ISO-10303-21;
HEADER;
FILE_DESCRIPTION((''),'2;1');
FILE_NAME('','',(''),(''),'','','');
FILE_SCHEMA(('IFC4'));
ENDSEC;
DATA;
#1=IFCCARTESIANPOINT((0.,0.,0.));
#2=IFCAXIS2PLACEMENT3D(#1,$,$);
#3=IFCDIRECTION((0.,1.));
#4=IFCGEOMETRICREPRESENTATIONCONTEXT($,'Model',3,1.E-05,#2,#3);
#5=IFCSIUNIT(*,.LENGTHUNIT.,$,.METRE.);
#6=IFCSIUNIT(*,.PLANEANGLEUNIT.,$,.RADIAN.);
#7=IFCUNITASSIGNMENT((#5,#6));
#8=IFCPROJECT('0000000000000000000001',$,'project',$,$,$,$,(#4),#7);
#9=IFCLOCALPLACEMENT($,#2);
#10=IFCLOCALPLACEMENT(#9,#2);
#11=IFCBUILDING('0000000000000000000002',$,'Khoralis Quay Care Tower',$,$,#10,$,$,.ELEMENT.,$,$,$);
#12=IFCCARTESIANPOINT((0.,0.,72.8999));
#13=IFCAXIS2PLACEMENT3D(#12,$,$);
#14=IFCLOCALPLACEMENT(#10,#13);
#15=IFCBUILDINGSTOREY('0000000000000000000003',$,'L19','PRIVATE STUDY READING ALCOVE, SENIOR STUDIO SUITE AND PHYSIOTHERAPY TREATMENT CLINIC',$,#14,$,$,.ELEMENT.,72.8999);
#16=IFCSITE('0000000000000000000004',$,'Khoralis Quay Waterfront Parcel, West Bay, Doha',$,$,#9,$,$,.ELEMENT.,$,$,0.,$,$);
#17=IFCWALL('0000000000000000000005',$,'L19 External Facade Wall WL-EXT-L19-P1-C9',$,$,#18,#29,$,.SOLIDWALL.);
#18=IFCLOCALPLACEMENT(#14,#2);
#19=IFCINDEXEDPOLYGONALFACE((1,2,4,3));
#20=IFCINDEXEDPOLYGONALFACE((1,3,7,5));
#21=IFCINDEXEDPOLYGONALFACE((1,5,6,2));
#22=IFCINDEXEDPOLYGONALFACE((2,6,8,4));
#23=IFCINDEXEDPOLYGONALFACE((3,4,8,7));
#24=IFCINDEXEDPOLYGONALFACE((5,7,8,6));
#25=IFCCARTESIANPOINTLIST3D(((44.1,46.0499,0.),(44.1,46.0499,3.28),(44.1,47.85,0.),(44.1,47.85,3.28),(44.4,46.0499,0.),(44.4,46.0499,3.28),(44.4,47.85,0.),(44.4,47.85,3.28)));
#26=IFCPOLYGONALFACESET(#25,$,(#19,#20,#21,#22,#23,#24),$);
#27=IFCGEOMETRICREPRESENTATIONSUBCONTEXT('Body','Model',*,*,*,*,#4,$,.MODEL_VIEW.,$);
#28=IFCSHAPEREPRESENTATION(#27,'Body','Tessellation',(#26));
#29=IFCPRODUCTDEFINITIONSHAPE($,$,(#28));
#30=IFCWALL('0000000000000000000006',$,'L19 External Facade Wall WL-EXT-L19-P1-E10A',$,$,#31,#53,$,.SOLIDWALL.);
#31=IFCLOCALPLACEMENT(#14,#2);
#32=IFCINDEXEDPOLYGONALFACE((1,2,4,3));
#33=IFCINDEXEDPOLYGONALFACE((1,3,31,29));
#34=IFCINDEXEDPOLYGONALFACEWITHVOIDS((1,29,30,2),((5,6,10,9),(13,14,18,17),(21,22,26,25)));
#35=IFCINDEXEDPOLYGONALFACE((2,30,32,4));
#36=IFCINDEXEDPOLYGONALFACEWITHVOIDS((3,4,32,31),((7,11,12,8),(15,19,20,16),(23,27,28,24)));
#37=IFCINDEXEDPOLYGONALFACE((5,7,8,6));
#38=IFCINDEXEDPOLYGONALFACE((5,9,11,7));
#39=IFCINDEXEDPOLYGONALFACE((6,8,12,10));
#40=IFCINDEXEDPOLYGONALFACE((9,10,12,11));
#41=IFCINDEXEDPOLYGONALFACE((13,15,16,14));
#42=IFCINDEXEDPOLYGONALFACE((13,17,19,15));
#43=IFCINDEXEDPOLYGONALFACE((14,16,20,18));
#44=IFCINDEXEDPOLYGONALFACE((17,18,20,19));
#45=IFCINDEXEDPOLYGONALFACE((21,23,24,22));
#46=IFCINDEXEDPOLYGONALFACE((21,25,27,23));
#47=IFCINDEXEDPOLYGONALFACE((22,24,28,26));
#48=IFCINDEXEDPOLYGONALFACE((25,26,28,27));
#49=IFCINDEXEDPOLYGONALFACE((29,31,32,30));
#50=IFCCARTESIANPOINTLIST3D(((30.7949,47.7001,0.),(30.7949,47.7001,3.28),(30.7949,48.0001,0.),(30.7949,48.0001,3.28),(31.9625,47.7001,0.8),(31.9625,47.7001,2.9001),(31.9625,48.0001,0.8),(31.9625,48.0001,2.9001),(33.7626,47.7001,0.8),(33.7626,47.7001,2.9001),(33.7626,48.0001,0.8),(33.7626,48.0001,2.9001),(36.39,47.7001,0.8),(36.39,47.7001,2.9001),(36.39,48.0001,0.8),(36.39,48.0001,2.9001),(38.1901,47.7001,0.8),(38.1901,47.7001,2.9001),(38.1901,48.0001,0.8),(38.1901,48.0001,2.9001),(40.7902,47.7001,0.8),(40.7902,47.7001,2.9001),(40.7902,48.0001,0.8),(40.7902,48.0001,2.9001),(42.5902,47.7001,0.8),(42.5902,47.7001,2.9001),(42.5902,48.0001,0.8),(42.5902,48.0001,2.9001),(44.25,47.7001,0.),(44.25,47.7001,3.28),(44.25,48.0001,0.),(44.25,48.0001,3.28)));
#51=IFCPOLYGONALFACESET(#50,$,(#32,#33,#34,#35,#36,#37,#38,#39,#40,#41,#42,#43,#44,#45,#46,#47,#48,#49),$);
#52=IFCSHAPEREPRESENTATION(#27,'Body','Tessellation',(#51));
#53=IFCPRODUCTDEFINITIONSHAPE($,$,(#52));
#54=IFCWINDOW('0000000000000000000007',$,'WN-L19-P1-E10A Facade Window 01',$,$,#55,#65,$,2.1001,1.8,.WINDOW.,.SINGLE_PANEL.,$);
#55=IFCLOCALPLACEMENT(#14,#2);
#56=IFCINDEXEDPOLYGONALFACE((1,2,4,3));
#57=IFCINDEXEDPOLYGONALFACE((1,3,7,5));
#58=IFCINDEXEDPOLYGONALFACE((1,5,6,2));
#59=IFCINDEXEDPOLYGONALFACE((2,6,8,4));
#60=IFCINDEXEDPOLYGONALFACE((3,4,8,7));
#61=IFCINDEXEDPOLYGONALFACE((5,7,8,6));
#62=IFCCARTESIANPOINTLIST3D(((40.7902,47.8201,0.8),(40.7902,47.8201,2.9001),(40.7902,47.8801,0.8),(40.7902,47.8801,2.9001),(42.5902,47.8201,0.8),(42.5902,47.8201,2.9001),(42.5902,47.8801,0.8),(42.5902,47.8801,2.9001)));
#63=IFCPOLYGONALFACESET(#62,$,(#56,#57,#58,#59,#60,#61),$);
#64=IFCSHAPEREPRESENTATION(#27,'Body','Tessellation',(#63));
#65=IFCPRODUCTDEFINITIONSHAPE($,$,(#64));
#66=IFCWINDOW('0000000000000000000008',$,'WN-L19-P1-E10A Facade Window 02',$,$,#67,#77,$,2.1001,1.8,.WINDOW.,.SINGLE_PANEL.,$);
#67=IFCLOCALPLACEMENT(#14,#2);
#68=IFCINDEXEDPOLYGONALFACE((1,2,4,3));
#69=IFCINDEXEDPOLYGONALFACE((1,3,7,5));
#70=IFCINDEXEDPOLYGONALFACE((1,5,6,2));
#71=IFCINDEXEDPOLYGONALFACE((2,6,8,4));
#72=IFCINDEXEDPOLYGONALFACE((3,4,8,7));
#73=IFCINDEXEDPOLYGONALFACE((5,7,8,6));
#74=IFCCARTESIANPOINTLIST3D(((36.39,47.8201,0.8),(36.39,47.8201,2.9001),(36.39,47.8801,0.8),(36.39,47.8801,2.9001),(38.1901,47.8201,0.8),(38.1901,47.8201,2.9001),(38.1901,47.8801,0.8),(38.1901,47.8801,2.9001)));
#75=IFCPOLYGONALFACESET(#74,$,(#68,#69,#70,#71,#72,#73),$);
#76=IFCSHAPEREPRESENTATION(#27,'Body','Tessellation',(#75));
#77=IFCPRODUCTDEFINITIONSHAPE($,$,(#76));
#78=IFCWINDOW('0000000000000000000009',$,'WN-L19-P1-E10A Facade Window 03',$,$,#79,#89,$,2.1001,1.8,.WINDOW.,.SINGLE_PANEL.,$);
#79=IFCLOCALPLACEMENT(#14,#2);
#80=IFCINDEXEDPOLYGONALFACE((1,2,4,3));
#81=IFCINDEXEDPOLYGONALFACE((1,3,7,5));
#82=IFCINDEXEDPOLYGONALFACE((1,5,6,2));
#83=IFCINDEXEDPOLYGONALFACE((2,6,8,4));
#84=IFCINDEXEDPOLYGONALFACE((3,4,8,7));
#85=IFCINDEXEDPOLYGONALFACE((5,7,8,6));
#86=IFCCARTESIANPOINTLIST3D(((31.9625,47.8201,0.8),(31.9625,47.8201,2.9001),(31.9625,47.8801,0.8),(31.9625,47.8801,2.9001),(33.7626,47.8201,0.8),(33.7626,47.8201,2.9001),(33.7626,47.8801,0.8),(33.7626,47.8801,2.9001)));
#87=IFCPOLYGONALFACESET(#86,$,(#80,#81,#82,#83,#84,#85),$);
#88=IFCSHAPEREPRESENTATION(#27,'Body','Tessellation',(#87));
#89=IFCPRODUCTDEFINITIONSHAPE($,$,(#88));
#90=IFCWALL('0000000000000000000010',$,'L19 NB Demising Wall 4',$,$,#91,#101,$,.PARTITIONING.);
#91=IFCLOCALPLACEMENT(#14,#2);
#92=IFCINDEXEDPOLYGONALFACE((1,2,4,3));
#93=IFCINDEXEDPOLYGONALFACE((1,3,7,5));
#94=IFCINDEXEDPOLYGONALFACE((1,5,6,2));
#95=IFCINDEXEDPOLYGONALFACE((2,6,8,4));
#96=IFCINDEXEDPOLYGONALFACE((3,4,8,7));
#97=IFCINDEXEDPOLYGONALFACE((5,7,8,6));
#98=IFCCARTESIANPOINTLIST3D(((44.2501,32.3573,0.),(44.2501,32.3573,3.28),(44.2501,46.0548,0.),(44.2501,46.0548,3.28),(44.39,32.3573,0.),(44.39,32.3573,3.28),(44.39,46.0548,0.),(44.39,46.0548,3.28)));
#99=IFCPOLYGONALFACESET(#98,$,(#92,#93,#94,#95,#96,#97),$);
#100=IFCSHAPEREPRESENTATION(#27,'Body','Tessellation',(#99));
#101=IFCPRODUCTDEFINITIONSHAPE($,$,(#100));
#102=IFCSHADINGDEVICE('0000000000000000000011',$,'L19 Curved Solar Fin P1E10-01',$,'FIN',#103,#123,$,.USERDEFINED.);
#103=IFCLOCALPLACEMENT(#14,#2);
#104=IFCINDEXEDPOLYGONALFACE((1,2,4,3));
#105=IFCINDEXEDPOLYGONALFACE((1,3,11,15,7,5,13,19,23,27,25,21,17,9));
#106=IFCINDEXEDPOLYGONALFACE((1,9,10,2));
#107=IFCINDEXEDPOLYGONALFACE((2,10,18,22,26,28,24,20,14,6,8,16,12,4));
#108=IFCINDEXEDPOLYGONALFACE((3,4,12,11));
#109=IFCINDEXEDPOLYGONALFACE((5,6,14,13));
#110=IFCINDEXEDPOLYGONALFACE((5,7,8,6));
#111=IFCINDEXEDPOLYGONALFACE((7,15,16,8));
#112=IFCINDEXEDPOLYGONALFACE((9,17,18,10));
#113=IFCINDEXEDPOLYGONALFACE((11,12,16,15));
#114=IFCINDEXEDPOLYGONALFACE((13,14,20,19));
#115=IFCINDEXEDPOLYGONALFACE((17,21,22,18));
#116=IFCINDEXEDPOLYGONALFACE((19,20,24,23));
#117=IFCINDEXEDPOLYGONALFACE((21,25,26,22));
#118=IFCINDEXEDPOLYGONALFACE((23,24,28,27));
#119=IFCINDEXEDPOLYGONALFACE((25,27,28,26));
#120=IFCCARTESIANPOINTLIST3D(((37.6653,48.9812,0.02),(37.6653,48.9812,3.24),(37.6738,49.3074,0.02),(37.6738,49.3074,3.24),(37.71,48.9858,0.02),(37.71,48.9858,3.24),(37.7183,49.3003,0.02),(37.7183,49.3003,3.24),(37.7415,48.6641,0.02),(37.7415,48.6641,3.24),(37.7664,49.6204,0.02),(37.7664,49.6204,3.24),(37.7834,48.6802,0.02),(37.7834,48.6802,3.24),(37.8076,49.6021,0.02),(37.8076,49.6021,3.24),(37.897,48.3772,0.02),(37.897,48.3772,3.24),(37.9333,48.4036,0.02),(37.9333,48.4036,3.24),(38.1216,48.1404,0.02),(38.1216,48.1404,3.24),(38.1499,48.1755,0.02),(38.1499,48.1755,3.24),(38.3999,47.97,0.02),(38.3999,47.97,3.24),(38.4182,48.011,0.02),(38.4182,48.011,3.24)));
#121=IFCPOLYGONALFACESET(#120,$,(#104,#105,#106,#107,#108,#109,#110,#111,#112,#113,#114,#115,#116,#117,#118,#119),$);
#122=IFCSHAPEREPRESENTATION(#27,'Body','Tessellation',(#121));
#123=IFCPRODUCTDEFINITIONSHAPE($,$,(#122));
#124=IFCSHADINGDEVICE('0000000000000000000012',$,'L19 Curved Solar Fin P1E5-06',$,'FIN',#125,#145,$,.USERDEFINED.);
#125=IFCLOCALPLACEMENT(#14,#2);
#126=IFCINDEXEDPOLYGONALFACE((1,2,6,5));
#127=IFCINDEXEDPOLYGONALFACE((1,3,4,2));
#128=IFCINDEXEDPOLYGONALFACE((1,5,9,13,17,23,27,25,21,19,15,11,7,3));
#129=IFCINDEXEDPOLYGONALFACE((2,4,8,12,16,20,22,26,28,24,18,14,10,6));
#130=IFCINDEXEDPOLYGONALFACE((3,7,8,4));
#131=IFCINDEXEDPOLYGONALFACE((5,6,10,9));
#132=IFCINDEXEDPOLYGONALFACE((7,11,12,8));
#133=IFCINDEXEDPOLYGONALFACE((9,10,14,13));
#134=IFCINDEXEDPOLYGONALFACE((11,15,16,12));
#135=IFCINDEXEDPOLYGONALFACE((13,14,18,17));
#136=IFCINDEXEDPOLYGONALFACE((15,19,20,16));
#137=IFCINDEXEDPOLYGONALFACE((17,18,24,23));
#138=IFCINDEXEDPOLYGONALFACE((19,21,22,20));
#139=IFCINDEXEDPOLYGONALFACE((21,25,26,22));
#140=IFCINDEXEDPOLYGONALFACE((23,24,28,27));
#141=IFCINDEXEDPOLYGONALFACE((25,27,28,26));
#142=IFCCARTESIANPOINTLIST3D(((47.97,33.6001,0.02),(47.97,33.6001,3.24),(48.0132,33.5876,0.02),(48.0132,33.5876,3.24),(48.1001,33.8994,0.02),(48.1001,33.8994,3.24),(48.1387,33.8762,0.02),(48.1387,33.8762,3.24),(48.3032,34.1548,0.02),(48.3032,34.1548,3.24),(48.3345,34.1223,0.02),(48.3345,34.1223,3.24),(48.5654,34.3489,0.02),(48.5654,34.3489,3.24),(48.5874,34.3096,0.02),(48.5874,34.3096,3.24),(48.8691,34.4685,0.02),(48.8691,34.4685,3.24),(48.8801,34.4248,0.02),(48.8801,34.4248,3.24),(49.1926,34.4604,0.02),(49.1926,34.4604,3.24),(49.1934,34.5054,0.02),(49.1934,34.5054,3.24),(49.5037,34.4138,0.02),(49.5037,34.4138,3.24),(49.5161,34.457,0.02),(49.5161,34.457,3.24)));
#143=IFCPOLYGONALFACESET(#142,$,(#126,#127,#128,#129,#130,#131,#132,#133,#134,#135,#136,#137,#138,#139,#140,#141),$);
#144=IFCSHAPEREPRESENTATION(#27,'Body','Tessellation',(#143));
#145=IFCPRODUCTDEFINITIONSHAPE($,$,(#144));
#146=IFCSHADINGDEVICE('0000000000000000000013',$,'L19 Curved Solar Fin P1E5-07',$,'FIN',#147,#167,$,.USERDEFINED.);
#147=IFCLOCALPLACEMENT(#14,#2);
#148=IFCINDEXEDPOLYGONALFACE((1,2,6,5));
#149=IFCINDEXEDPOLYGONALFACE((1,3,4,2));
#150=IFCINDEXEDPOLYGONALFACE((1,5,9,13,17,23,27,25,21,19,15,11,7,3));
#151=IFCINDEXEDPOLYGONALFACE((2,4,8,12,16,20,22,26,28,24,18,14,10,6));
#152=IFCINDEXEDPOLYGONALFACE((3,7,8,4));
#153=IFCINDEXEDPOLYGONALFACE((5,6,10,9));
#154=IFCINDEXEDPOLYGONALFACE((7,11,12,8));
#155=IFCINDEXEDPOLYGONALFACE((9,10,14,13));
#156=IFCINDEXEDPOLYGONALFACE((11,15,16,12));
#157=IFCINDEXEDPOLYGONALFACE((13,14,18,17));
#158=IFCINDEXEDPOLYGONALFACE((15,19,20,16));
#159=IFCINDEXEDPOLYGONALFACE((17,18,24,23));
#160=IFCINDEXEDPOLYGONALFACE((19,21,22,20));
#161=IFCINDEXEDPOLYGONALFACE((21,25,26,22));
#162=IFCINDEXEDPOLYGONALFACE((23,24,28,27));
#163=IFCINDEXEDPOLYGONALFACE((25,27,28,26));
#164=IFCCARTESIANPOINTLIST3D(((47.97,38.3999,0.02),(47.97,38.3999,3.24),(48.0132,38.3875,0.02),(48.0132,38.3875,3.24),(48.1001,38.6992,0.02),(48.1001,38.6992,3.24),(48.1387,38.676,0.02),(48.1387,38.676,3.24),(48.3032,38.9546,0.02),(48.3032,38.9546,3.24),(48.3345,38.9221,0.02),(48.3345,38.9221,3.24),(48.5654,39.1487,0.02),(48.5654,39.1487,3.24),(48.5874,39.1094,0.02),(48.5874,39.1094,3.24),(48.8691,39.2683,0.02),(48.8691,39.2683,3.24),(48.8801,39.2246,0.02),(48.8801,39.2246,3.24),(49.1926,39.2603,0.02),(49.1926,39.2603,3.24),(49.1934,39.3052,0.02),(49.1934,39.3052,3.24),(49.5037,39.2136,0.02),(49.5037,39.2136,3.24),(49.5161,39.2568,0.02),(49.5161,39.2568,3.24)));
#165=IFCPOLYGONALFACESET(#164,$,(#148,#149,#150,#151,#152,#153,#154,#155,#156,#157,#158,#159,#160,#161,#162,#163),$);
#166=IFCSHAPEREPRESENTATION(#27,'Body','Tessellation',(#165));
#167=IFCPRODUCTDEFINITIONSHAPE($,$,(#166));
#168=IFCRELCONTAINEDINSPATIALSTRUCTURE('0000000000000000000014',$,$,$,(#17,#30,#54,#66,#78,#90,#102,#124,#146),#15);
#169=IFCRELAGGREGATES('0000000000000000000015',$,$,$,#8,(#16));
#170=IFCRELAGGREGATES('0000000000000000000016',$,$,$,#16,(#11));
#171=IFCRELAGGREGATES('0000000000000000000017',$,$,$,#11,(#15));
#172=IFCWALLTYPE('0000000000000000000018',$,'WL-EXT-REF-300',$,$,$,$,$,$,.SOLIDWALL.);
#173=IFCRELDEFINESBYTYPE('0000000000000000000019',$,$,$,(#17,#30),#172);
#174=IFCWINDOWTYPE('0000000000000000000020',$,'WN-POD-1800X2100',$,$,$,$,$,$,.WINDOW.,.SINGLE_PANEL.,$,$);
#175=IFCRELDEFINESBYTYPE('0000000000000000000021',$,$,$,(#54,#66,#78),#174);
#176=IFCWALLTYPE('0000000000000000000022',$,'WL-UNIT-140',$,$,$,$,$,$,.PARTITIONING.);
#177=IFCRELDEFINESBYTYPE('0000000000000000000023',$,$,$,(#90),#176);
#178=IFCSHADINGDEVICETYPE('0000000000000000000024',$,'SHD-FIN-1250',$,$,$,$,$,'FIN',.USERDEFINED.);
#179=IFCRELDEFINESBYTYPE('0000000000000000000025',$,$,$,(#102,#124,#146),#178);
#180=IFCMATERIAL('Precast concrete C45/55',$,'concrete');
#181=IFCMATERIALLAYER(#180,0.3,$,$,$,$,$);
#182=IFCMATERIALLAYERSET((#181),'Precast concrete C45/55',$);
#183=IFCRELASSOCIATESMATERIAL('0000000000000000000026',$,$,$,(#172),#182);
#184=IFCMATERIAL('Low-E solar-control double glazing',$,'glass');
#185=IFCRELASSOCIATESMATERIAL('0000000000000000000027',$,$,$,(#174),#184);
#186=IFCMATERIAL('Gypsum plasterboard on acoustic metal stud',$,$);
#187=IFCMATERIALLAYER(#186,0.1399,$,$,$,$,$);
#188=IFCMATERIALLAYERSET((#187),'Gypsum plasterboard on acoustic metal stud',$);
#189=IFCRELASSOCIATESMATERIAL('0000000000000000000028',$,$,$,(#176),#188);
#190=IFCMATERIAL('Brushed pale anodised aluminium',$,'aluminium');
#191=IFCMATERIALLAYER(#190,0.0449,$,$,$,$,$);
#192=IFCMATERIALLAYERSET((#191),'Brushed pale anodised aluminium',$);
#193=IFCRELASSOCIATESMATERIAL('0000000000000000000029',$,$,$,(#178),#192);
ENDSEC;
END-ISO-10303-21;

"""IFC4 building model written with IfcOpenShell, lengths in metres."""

from ifc_helpers import new_model, si_unit, direction, frame, frame_2d, origin, place, context, subcontext, project, spatial, polyline, rectangle, outline, extrude, source, transform, mapped, material, layer, layer_set, type_object, element, fill, save


model = new_model("IFC4")

# Units and contexts
model_context = context("Model", 3, precision=1e-05, world=origin(), true_north=direction((0.0, 1.0)))
body_context = subcontext(model_context, "Body", "Model", "MODEL_VIEW")
ifc_project = project(units=[si_unit("LENGTHUNIT", "METRE"), si_unit("PLANEANGLEUNIT", "RADIAN")], contexts=[model_context])

# Site, building, storey
site_placement = place(None, origin())
site = spatial("IfcSite", under=ifc_project, at=site_placement, Name="Khoralis Quay Waterfront Parcel, West Bay, Doha", CompositionType="ELEMENT", RefElevation=0.0)
building_placement = place(site_placement, origin())
building = spatial("IfcBuilding", under=site, at=building_placement, Name="Khoralis Quay Care Tower", CompositionType="ELEMENT")
storey_placement = place(building_placement, frame((0.0, 0.0, 72.8999)))
storey = spatial("IfcBuildingStorey", under=building, at=storey_placement, Name="L19", Description="PRIVATE STUDY READING ALCOVE, SENIOR STUDIO SUITE AND PHYSIOTHERAPY TREATMENT CLINIC", CompositionType="ELEMENT", Elevation=72.8999)

# Shared definitions
ifc_material_1 = material(Name="Low-E solar-control double glazing", Category="glass")

# Shared definitions
ifc_material_2 = material(Name="Precast concrete C45/55", Category="concrete")
ifc_layer_1 = layer(ifc_material_2, 0.3)
ifc_layer_set_1 = layer_set([ifc_layer_1], Name="Precast concrete C45/55")
wall_type_1 = type_object("IfcWallType", Name="WL-EXT-REF-300", PredefinedType="SOLIDWALL", material=ifc_layer_set_1)
window_type = type_object("IfcWindowType", Name="WN-POD-1800X2100", PartitioningType="SINGLE_PANEL", PredefinedType="WINDOW", material=ifc_material_1)
shared_shape_1 = source(origin(), body_context, "Body", "SweptSolid", [
    extrude(rectangle(XDim=1.8, YDim=2.1001, at=frame_2d((0.8999, 1.05))), frame((0.0, 0.03, 0.0), z_axis=(0.0, -1.0, 0.0), x_axis=(1.0, 0.0, 0.0)), (0.0, 0.0, 1.0), 0.0601),
])

# Wall
for number, where, z_axis, x_axis, name in (
    (1, (44.25, 46.05, 0.0), (0.0, 0.0, 1.0), (0.0, 1.0, 0.0), "L19 External Facade Wall WL-EXT-L19-P1-C9"),
):
    element("IfcWall", number, at=place(storey_placement, frame(where, z_axis=z_axis, x_axis=x_axis)), inside=storey, type_object=wall_type_1, Name=name, PredefinedType="SOLIDWALL", context=body_context, shape_type="SweptSolid", body=[
        extrude(rectangle(XDim=1.8, YDim=0.3, at=frame_2d((0.8999, 0.0))), origin(), (0.0, 0.0, 1.0), 3.28),
    ])

# Wall, openings, windows
wall_1_placement = place(storey_placement, frame((44.25, 47.8501, 0.0), z_axis=(0.0, 0.0, 1.0), x_axis=(-1.0, 0.0, 0.0)))
wall_1 = element("IfcWall", 2, at=wall_1_placement, inside=storey, type_object=wall_type_1, Name="L19 External Facade Wall WL-EXT-L19-P1-E10A", PredefinedType="SOLIDWALL", context=body_context, shape_type="SweptSolid", body=[
    extrude(rectangle(XDim=13.4551, YDim=0.3, at=frame_2d((6.7275, 0.0))), origin(), (0.0, 0.0, 1.0), 3.28),
])
opening_1_placement = place(wall_1_placement, frame((1.6599, 0.0, 0.8)))
opening_1 = element("IfcOpeningElement", 3, at=opening_1_placement, cuts=wall_1, PredefinedType="OPENING", context=body_context, shape_type="SweptSolid", body=[
    extrude(rectangle(XDim=1.8, YDim=2.1001, at=frame_2d((0.8999, 1.05))), frame((0.0, 0.1602, 0.0), z_axis=(0.0, -1.0, 0.0), x_axis=(1.0, 0.0, 0.0)), (0.0, 0.0, 1.0), 0.3201),
])
opening_2_placement = place(wall_1_placement, frame((6.0601, 0.0, 0.8)))
opening_2 = element("IfcOpeningElement", 4, at=opening_2_placement, cuts=wall_1, PredefinedType="OPENING", context=body_context, shape_type="SweptSolid", body=[
    extrude(rectangle(XDim=1.8, YDim=2.1001, at=frame_2d((0.8999, 1.05))), frame((0.0, 0.1602, 0.0), z_axis=(0.0, -1.0, 0.0), x_axis=(1.0, 0.0, 0.0)), (0.0, 0.0, 1.0), 0.3201),
])
opening_3_placement = place(wall_1_placement, frame((10.4875, 0.0, 0.8)))
opening_3 = element("IfcOpeningElement", 5, at=opening_3_placement, cuts=wall_1, PredefinedType="OPENING", context=body_context, shape_type="SweptSolid", body=[
    extrude(rectangle(XDim=1.8, YDim=2.1001, at=frame_2d((0.8999, 1.05))), frame((0.0, 0.1602, 0.0), z_axis=(0.0, -1.0, 0.0), x_axis=(1.0, 0.0, 0.0)), (0.0, 0.0, 1.0), 0.3201),
])
window_1_placement = place(opening_1_placement, origin())
window_1 = element("IfcWindow", 6, at=window_1_placement, inside=storey, type_object=window_type, Name="WN-L19-P1-E10A Facade Window 01", OverallHeight=2.1001, OverallWidth=1.8, PartitioningType="SINGLE_PANEL", PredefinedType="WINDOW", context=body_context, shape_type="MappedRepresentation", body=[
    mapped(shared_shape_1, transform((0.0, 0.0, 0.0), scale=1.0)),
])
fill(opening_1, window_1)
window_2_placement = place(opening_2_placement, origin())
window_2 = element("IfcWindow", 7, at=window_2_placement, inside=storey, type_object=window_type, Name="WN-L19-P1-E10A Facade Window 02", OverallHeight=2.1001, OverallWidth=1.8, PartitioningType="SINGLE_PANEL", PredefinedType="WINDOW", context=body_context, shape_type="MappedRepresentation", body=[
    mapped(shared_shape_1, transform((0.0, 0.0, 0.0), scale=1.0)),
])
fill(opening_2, window_2)
window_3_placement = place(opening_3_placement, origin())
window_3 = element("IfcWindow", 8, at=window_3_placement, inside=storey, type_object=window_type, Name="WN-L19-P1-E10A Facade Window 03", OverallHeight=2.1001, OverallWidth=1.8, PartitioningType="SINGLE_PANEL", PredefinedType="WINDOW", context=body_context, shape_type="MappedRepresentation", body=[
    mapped(shared_shape_1, transform((0.0, 0.0, 0.0), scale=1.0)),
])
fill(opening_3, window_3)

# Wall
ifc_material_3 = material(Name="Gypsum plasterboard on acoustic metal stud")
ifc_layer_2 = layer(ifc_material_3, 0.1399)
ifc_layer_set_2 = layer_set([ifc_layer_2], Name="Gypsum plasterboard on acoustic metal stud")
wall_type_2 = type_object("IfcWallType", Name="WL-UNIT-140", PredefinedType="PARTITIONING", material=ifc_layer_set_2)
wall_2_placement = place(storey_placement, frame((44.3201, 32.3574, 0.0), z_axis=(0.0, 0.0, 1.0), x_axis=(0.0, 1.0, 0.0)))
element("IfcWall", 9, at=wall_2_placement, inside=storey, type_object=wall_type_2, Name="L19 NB Demising Wall 4", PredefinedType="PARTITIONING", context=body_context, shape_type="SweptSolid", body=[
    extrude(rectangle(XDim=13.6975, YDim=0.1399, at=frame_2d((6.8486, 0.0))), origin(), (0.0, 0.0, 1.0), 3.28),
])

# Shading devices
ifc_material_4 = material(Name="Brushed pale anodised aluminium", Category="aluminium")
ifc_layer_3 = layer(ifc_material_4, 0.0449)
ifc_layer_set_3 = layer_set([ifc_layer_3], Name="Brushed pale anodised aluminium")
shading_device_type = type_object("IfcShadingDeviceType", Name="SHD-FIN-1250", ElementType="FIN", PredefinedType="USERDEFINED", material=ifc_layer_set_3)
shared_shape_2 = source(origin(), body_context, "Body", "SweptSolid", [
    extrude(outline(polyline([(0.0, 0.0), (0.1704, 0.2783), (0.4072, 0.5029), (0.6941, 0.6584), (1.0112, 0.7346), (1.3374, 0.7261), (1.6504, 0.6335), (1.6321, 0.5923), (1.3303, 0.6816), (1.0159, 0.6899), (0.7102, 0.6165), (0.4336, 0.4666), (0.2056, 0.25), (0.041, -0.0183), (0.0, 0.0)])), origin(), (0.0, 0.0, 1.0), 3.22),
])
shading_device_placement = place(storey_placement, frame((38.3999, 47.97, 0.02), z_axis=(0.0, 0.0, 1.0), x_axis=(0.0, 1.0, 0.0)))
element("IfcShadingDevice", 10, at=shading_device_placement, inside=storey, type_object=shading_device_type, Name="L19 Curved Solar Fin P1E10-01", ObjectType="FIN", PredefinedType="USERDEFINED", context=body_context, shape_type="MappedRepresentation", body=[
    mapped(shared_shape_2, transform((0.0, 0.0, 0.0), scale=1.0)),
])
shared_shape_3 = source(origin(), body_context, "Body", "SweptSolid", [
    extrude(outline(polyline([(0.0, 0.0), (0.1301, 0.2993), (0.3333, 0.5547), (0.5955, 0.7488), (0.8992, 0.8684), (1.2234, 0.9053), (1.5461, 0.8569), (1.5337, 0.8137), (1.2227, 0.8604), (0.9102, 0.8247), (0.6174, 0.7095), (0.3645, 0.5222), (0.1687, 0.2761), (0.0432, -0.0125), (0.0, 0.0)])), origin(), (0.0, 0.0, 1.0), 3.22),
])
for number, where, z_axis, x_axis, name in (
    (11, (47.97, 33.6001, 0.02), (0.0, 0.0, 1.0), (1.0, 0.0, 0.0), "L19 Curved Solar Fin P1E5-06"),
    (12, (47.97, 38.3999, 0.02), (0.0, 0.0, 1.0), (1.0, 0.0, 0.0), "L19 Curved Solar Fin P1E5-07"),
):
    element("IfcShadingDevice", number, at=place(storey_placement, frame(where, z_axis=z_axis, x_axis=x_axis)), inside=storey, type_object=shading_device_type, Name=name, ObjectType="FIN", PredefinedType="USERDEFINED", context=body_context, shape_type="MappedRepresentation", body=[
        mapped(shared_shape_3, transform((0.0, 0.0, 0.0), scale=1.0)),
    ])

save(model, "model.ifc")
